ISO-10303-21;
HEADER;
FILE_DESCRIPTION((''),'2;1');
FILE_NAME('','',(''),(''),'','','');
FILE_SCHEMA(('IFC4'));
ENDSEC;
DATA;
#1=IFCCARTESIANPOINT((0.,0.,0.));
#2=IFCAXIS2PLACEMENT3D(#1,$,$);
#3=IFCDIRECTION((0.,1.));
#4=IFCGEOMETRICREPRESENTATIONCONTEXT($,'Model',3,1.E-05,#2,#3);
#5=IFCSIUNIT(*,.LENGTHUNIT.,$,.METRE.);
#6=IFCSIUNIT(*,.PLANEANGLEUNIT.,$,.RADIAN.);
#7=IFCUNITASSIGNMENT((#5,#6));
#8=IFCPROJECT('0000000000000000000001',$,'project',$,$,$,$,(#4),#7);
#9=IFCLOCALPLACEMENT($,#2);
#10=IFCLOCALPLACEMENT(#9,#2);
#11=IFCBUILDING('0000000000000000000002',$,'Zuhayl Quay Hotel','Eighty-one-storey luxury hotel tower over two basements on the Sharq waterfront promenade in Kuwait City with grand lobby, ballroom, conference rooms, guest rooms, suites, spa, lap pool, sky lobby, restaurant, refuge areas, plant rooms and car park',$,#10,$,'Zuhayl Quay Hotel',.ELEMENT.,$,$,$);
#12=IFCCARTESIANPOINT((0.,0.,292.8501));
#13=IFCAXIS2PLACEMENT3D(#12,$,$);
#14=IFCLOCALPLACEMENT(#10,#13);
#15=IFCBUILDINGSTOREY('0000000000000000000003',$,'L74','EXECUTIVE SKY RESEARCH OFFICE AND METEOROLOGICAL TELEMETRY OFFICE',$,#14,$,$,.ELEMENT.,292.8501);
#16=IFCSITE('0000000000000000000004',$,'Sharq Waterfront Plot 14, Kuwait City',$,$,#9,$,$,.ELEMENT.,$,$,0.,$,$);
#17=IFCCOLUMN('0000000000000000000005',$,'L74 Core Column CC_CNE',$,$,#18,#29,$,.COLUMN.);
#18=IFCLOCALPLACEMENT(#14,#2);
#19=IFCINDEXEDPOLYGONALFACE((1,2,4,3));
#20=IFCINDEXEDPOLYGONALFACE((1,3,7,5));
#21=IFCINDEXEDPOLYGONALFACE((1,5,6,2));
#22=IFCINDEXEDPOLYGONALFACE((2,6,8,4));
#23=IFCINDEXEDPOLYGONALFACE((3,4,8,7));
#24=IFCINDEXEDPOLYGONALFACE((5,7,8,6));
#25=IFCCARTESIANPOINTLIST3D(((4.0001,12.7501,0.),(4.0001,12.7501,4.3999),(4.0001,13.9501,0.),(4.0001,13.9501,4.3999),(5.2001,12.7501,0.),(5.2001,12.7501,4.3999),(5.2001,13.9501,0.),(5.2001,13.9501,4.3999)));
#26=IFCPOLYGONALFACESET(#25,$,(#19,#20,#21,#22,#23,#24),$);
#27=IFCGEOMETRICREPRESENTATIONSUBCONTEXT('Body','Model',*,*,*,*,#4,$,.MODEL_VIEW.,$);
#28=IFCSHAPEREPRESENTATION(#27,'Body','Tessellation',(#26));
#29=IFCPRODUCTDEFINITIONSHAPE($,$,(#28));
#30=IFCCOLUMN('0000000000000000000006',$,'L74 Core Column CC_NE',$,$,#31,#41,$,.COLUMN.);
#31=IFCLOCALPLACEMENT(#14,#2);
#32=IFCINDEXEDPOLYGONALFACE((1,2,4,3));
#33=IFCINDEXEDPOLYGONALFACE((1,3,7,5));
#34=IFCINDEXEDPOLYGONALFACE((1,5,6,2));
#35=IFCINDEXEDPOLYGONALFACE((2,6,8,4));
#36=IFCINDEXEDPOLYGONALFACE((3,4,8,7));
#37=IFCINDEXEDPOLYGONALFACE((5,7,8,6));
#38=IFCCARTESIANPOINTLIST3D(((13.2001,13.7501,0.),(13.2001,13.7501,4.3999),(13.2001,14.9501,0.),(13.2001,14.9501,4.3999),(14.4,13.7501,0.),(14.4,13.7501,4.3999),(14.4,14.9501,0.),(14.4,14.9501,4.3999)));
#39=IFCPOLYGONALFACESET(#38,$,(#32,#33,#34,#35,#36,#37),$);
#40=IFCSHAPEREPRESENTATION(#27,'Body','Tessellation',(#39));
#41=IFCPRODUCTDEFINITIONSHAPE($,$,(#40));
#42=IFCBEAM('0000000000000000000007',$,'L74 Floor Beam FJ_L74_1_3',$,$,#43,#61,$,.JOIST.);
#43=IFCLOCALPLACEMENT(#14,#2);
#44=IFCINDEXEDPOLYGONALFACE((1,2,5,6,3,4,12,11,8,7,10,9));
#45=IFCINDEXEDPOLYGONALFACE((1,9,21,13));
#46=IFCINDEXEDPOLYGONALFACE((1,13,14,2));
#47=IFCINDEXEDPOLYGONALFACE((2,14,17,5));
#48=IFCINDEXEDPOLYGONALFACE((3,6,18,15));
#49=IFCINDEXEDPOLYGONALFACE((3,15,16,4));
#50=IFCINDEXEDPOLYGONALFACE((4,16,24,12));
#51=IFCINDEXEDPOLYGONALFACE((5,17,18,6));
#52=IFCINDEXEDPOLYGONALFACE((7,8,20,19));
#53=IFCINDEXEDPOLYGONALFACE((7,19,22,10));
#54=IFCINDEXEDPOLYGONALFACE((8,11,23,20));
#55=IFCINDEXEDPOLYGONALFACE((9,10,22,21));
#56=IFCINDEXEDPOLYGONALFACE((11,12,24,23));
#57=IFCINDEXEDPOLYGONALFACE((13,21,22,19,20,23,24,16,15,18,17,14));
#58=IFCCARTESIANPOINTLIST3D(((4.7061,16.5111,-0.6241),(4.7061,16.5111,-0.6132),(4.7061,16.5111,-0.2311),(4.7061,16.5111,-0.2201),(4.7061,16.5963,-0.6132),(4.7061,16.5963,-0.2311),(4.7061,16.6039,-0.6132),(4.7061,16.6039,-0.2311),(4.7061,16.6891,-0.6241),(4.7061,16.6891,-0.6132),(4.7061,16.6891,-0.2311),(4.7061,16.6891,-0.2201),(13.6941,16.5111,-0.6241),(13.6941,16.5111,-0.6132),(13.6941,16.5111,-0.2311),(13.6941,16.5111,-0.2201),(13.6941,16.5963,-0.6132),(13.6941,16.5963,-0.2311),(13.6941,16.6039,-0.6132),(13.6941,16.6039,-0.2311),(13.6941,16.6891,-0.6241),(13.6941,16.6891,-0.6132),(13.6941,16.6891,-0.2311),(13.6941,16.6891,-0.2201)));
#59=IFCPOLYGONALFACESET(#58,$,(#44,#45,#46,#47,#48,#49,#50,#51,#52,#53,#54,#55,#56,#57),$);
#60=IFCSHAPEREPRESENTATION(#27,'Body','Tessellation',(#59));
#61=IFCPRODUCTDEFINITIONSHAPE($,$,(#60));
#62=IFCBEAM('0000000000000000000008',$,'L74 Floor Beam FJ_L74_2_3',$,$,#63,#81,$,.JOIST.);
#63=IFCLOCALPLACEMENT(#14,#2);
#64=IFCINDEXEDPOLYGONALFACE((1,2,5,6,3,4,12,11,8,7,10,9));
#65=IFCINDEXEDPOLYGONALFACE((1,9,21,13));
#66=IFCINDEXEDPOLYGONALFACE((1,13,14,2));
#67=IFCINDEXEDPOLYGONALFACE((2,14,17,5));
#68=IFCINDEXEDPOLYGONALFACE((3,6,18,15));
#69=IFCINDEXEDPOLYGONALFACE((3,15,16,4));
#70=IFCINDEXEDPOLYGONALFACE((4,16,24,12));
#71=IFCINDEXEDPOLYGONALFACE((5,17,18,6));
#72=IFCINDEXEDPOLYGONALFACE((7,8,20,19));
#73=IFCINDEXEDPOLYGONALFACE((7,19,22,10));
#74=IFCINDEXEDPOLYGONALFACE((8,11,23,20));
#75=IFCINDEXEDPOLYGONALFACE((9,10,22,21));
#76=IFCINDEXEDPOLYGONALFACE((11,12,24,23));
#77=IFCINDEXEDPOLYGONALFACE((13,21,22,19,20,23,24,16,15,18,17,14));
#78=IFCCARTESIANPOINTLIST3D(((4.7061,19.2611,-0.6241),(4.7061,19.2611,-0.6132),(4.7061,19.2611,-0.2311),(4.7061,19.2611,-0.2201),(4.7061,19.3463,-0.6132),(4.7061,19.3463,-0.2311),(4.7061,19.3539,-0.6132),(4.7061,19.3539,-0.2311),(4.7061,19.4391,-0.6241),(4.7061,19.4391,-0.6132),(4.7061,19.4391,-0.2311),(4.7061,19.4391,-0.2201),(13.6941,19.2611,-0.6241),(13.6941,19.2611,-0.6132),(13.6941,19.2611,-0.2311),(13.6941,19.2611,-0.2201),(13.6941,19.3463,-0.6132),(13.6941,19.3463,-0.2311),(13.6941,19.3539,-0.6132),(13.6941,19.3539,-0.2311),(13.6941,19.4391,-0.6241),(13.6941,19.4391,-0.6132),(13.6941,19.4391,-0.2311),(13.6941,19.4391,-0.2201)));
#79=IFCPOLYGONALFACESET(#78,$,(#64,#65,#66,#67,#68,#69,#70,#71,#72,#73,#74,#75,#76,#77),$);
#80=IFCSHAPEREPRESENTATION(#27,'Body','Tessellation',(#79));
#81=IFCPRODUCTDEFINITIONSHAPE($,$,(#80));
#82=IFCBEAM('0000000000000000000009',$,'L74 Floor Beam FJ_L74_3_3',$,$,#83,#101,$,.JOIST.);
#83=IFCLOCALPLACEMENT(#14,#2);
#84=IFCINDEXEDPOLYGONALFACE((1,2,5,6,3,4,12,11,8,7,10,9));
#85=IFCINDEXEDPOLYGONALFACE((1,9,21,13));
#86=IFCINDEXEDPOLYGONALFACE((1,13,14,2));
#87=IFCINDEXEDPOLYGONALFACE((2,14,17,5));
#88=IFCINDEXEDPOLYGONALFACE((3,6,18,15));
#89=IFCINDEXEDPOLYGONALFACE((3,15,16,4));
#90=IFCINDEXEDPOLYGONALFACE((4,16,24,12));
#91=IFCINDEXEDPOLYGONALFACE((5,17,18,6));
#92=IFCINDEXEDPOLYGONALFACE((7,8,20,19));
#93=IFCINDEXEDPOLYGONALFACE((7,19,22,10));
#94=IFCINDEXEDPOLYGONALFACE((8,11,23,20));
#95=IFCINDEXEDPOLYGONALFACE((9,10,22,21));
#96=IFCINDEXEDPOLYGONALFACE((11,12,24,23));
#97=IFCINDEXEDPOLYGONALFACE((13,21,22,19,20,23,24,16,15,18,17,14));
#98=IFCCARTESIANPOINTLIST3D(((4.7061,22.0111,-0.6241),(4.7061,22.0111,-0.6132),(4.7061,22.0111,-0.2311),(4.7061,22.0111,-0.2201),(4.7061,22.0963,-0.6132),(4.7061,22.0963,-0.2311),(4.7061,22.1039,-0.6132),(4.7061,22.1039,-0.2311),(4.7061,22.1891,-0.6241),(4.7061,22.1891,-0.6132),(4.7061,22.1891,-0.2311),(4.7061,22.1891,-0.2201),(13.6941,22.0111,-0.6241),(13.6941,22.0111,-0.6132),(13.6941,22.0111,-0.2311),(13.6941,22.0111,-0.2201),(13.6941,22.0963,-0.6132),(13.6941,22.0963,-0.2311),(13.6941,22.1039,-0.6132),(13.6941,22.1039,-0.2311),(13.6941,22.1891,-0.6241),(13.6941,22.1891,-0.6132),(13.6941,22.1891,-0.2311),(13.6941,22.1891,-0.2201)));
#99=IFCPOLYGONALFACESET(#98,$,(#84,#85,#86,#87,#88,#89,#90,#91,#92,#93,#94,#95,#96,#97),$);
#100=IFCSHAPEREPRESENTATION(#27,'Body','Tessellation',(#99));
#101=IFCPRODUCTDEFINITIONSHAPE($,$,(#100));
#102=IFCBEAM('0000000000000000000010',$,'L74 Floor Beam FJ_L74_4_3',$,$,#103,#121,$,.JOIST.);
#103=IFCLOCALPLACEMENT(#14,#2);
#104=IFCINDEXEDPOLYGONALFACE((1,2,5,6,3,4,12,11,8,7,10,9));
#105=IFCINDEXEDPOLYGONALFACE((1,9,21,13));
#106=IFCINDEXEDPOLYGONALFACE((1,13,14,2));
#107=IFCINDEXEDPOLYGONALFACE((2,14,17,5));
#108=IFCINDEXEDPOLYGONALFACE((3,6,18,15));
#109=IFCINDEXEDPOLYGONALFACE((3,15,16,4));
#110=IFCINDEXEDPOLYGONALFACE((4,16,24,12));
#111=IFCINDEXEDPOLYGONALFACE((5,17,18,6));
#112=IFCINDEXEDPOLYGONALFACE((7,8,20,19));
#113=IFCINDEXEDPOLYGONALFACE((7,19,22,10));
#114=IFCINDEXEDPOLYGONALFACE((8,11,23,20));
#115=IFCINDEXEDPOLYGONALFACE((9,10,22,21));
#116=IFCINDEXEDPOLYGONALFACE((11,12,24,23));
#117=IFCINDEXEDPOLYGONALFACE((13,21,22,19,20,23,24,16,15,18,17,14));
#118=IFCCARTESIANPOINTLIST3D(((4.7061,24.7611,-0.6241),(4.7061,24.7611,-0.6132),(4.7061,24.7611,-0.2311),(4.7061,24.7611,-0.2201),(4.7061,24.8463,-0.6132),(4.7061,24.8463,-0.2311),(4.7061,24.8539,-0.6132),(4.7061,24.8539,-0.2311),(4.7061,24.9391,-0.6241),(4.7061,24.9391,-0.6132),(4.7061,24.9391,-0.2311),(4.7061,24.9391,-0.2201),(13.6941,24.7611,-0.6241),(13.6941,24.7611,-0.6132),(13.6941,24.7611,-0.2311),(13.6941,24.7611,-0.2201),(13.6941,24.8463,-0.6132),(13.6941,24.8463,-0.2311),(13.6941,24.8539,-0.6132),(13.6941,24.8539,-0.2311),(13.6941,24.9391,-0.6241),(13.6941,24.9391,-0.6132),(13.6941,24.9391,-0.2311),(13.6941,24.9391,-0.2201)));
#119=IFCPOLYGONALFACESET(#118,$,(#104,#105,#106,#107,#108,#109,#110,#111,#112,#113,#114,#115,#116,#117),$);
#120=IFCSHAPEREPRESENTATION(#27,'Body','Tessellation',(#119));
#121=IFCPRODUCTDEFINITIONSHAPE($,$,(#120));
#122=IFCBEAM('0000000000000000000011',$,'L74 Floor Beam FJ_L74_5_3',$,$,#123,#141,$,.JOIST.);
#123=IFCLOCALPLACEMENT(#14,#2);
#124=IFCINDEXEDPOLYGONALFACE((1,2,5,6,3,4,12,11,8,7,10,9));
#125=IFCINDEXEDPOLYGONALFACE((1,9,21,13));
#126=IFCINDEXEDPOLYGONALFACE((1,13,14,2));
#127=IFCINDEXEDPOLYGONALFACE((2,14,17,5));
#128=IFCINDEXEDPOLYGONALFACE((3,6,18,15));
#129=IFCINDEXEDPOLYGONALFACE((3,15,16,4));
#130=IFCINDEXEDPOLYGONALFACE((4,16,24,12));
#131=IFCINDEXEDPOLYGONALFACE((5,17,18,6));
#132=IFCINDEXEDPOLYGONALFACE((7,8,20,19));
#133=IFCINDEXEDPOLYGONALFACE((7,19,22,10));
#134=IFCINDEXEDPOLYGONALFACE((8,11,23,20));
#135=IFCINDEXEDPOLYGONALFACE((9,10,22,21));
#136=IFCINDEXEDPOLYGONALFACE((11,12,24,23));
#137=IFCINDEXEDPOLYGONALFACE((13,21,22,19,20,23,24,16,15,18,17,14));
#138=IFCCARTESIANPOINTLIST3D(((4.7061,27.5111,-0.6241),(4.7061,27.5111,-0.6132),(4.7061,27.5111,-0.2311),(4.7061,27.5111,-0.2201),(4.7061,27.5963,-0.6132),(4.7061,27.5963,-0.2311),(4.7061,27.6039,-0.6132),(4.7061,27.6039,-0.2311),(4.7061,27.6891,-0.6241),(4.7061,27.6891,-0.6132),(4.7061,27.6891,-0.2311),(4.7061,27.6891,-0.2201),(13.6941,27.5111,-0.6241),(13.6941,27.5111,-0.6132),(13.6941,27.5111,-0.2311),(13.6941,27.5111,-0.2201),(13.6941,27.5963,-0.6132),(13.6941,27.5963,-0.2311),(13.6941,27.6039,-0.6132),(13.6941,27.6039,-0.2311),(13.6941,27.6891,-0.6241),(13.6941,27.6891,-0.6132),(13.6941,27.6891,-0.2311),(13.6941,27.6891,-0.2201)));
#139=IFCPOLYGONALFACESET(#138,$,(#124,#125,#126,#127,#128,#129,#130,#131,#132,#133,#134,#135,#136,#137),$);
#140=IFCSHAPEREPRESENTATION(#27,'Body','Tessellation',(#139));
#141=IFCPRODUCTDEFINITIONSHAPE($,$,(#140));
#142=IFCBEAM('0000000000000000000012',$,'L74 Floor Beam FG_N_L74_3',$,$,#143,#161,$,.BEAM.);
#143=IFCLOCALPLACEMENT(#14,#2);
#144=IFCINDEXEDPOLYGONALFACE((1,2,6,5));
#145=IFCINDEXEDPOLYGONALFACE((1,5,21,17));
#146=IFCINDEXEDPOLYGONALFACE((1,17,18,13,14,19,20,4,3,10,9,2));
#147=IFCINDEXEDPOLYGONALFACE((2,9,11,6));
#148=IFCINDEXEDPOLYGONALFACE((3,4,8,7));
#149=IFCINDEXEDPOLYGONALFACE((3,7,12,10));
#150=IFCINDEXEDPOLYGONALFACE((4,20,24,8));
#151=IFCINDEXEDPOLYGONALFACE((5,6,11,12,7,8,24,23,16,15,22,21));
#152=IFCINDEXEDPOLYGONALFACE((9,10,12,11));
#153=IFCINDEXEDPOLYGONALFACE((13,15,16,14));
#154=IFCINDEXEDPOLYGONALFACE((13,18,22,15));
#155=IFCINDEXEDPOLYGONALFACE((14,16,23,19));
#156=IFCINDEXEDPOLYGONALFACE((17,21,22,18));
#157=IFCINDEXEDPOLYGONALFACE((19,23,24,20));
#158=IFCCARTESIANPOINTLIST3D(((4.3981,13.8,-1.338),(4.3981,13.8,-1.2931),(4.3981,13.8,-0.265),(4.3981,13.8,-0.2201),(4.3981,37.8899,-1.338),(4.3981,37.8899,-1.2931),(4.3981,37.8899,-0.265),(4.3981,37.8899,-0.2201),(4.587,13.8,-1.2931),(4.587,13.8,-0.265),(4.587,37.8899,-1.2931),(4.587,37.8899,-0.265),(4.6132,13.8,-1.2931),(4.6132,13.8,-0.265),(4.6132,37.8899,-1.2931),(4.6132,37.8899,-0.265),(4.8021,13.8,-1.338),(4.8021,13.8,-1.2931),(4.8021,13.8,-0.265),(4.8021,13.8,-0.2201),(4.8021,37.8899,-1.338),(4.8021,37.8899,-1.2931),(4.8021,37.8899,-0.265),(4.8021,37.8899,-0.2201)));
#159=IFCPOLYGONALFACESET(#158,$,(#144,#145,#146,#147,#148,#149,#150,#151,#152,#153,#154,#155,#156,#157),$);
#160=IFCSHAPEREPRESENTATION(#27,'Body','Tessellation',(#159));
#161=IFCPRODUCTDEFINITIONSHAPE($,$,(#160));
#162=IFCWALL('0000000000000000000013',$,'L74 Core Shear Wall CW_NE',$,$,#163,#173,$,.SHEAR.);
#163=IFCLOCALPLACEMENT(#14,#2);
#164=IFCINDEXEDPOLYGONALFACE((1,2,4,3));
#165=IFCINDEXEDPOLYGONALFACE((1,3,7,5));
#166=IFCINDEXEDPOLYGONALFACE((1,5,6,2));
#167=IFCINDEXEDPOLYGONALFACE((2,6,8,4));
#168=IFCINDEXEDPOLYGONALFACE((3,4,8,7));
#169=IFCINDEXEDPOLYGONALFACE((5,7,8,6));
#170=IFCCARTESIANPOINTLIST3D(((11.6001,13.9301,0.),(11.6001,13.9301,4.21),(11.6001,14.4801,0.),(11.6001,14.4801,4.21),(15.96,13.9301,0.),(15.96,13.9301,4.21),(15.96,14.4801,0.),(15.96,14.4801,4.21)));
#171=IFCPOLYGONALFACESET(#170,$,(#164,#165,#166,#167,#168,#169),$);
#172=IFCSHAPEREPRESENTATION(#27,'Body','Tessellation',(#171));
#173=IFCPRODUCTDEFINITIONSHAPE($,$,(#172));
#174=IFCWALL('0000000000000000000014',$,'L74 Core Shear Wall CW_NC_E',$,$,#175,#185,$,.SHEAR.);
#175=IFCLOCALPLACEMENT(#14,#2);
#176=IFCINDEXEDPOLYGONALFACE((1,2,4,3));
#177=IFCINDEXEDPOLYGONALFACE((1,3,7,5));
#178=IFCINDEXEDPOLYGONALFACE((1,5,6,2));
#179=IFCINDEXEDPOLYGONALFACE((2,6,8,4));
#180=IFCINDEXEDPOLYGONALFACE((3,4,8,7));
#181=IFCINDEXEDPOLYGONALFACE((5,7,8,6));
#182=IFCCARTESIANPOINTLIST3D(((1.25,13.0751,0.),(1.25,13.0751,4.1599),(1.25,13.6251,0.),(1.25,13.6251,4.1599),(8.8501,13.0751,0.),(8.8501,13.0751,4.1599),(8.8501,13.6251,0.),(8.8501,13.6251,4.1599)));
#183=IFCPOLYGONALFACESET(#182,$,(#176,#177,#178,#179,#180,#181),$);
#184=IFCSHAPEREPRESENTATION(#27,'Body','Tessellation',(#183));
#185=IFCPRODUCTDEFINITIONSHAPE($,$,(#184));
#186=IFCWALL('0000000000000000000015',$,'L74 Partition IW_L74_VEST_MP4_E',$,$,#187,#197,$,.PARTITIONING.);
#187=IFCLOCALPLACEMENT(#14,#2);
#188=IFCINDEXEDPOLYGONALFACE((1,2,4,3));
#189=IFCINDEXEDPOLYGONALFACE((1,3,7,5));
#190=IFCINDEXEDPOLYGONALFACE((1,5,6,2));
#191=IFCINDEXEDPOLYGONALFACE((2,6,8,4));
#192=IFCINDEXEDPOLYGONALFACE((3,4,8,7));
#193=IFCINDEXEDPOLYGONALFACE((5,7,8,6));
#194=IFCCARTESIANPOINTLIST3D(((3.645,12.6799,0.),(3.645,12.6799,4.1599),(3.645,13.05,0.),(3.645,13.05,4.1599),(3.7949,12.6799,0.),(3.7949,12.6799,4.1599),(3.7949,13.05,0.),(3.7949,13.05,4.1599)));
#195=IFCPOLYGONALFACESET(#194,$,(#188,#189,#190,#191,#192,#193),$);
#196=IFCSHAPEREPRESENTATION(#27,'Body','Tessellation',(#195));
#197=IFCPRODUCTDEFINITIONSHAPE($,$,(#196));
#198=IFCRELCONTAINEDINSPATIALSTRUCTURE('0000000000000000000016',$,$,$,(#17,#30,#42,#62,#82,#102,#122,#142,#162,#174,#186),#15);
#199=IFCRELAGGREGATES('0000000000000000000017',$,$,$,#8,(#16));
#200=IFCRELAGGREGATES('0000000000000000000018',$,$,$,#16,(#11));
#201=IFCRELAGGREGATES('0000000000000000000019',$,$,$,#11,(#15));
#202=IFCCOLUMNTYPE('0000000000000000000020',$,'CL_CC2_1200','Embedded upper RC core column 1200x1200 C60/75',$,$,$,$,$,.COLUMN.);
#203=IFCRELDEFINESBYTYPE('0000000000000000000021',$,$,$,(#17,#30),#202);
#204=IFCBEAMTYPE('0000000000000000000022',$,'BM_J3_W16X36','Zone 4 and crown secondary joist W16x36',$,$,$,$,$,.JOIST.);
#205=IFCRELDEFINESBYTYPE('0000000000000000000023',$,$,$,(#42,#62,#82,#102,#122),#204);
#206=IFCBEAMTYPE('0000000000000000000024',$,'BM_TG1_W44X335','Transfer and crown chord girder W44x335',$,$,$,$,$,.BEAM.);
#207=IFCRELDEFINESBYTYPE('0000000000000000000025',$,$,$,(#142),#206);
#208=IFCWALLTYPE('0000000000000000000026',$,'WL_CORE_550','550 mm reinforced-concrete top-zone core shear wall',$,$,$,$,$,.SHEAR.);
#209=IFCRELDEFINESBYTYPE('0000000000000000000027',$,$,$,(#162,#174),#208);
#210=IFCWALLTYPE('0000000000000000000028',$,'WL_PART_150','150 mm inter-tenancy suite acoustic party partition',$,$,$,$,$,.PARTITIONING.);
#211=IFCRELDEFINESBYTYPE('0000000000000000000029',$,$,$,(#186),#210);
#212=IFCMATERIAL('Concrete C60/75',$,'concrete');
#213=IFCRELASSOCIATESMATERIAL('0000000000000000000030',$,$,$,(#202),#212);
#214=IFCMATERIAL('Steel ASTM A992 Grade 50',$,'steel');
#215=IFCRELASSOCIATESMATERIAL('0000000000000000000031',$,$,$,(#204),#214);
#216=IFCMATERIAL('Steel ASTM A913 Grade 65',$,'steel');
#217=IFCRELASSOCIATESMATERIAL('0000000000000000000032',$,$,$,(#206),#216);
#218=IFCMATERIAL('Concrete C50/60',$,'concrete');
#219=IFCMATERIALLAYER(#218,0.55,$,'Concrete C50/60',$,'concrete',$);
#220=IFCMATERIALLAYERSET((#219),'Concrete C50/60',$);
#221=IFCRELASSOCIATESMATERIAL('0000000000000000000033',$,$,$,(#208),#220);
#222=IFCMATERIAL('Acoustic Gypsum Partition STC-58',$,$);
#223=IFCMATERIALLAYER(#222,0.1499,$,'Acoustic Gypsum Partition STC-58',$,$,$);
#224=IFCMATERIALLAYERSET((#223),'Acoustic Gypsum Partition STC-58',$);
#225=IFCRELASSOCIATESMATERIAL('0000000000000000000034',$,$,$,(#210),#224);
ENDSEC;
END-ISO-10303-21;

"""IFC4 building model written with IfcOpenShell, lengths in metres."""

from ifc_helpers import new_model, si_unit, direction, frame, frame_2d, origin, origin_2d, place, context, subcontext, project, spatial, rectangle, i_section, extrude, material, layer, layer_set, material_profile, profile_set, type_object, element, save


model = new_model("IFC4")

# Units and contexts
model_context = context("Model", 3, precision=1e-05, world=origin(), true_north=direction((0.0, 1.0)))
body_context = subcontext(model_context, "Body", "Model", "MODEL_VIEW")
ifc_project = project(units=[si_unit("LENGTHUNIT", "METRE"), si_unit("PLANEANGLEUNIT", "RADIAN")], contexts=[model_context])

# Site, building, storey
site_placement = place(None, origin())
site = spatial("IfcSite", under=ifc_project, at=site_placement, Name="Sharq Waterfront Plot 14, Kuwait City", CompositionType="ELEMENT", RefElevation=0.0)
building_placement = place(site_placement, origin())
building = spatial("IfcBuilding", under=site, at=building_placement, Name="Zuhayl Quay Hotel", Description="Eighty-one-storey luxury hotel tower over two basements on the Sharq waterfront promenade in Kuwait City with grand lobby, ballroom, conference rooms, guest rooms, suites, spa, lap pool, sky lobby, restaurant, refuge areas, plant rooms and car park", LongName="Zuhayl Quay Hotel", CompositionType="ELEMENT")
storey_placement = place(building_placement, frame((0.0, 0.0, 292.8501)))
storey = spatial("IfcBuildingStorey", under=building, at=storey_placement, Name="L74", Description="EXECUTIVE SKY RESEARCH OFFICE AND METEOROLOGICAL TELEMETRY OFFICE", CompositionType="ELEMENT", Elevation=292.8501)

# Columns
ifc_material_1 = material(Name="Concrete C60/75", Category="concrete")
ifc_material_profile_1 = material_profile(ifc_material_1, rectangle(XDim=1.2, YDim=1.2, at=origin_2d()), Name="RC1200X1200")
ifc_profile_set_1 = profile_set([ifc_material_profile_1], Name="Concrete C60/75")
column_type = type_object("IfcColumnType", Name="CL_CC2_1200", Description="Embedded upper RC core column 1200x1200 C60/75", PredefinedType="COLUMN", material=ifc_profile_set_1)
for number, where, z_axis, x_axis, name in (
    (1, (4.6001, 13.3501, 0.0), (0.0, 0.0, 1.0), (1.0, 0.0, 0.0), "L74 Core Column CC_CNE"),
    (2, (13.8, 14.3501, 0.0), (0.0, 0.0, 1.0), (1.0, 0.0, 0.0), "L74 Core Column CC_NE"),
):
    element("IfcColumn", number, at=place(storey_placement, frame(where, z_axis=z_axis, x_axis=x_axis)), inside=storey, type_object=column_type, Name=name, PredefinedType="COLUMN", context=body_context, shape_type="SweptSolid", body=[
        extrude(rectangle(XDim=1.2, YDim=1.2, at=origin_2d()), origin(), (0.0, 0.0, 1.0), 4.3999),
    ])

# Beams
ifc_material_2 = material(Name="Steel ASTM A992 Grade 50", Category="steel")
ifc_material_profile_2 = material_profile(ifc_material_2, i_section(OverallWidth=0.178, OverallDepth=0.4041, WebThickness=0.0076, FlangeThickness=0.011, at=origin_2d()), Name="W16X36")
ifc_profile_set_2 = profile_set([ifc_material_profile_2], Name="Steel ASTM A992 Grade 50")
beam_type_1 = type_object("IfcBeamType", Name="BM_J3_W16X36", Description="Zone 4 and crown secondary joist W16x36", PredefinedType="JOIST", material=ifc_profile_set_2)
for number, where, z_axis, x_axis, name in (
    (3, (4.7061, 16.6001, -0.4221), (1.0, 0.0, 0.0), (0.0, 1.0, 0.0), "L74 Floor Beam FJ_L74_1_3"),
    (4, (4.7061, 19.3501, -0.4221), (1.0, 0.0, 0.0), (0.0, 1.0, 0.0), "L74 Floor Beam FJ_L74_2_3"),
    (5, (4.7061, 22.1001, -0.4221), (1.0, 0.0, 0.0), (0.0, 1.0, 0.0), "L74 Floor Beam FJ_L74_3_3"),
    (6, (4.7061, 24.8501, -0.4221), (1.0, 0.0, 0.0), (0.0, 1.0, 0.0), "L74 Floor Beam FJ_L74_4_3"),
    (7, (4.7061, 27.6001, -0.4221), (1.0, 0.0, 0.0), (0.0, 1.0, 0.0), "L74 Floor Beam FJ_L74_5_3"),
):
    element("IfcBeam", number, at=place(storey_placement, frame(where, z_axis=z_axis, x_axis=x_axis)), inside=storey, type_object=beam_type_1, Name=name, PredefinedType="JOIST", context=body_context, shape_type="SweptSolid", body=[
        extrude(i_section(OverallWidth=0.178, OverallDepth=0.4041, WebThickness=0.0076, FlangeThickness=0.011, at=origin_2d()), origin(), (0.0, 0.0, 1.0), 8.988),
    ])
ifc_material_3 = material(Name="Steel ASTM A913 Grade 65", Category="steel")
ifc_material_profile_3 = material_profile(ifc_material_3, i_section(OverallWidth=0.4041, OverallDepth=1.1179, WebThickness=0.0261, FlangeThickness=0.0449, at=origin_2d()), Name="W44X335")
ifc_profile_set_3 = profile_set([ifc_material_profile_3], Name="Steel ASTM A913 Grade 65")
beam_type_2 = type_object("IfcBeamType", Name="BM_TG1_W44X335", Description="Transfer and crown chord girder W44x335", PredefinedType="BEAM", material=ifc_profile_set_3)
beam_placement = place(storey_placement, frame((4.6001, 13.8, -0.7791), z_axis=(0.0, 1.0, 0.0), x_axis=(-1.0, 0.0, 0.0)))
element("IfcBeam", 8, at=beam_placement, inside=storey, type_object=beam_type_2, Name="L74 Floor Beam FG_N_L74_3", PredefinedType="BEAM", context=body_context, shape_type="SweptSolid", body=[
    extrude(i_section(OverallWidth=0.4041, OverallDepth=1.1179, WebThickness=0.0261, FlangeThickness=0.0449, at=origin_2d()), origin(), (0.0, 0.0, 1.0), 24.0898),
])

# Walls
ifc_material_4 = material(Name="Concrete C50/60", Category="concrete")
ifc_layer_1 = layer(ifc_material_4, 0.55, Name="Concrete C50/60", Category="concrete")
ifc_layer_set_1 = layer_set([ifc_layer_1], Name="Concrete C50/60")
wall_type_1 = type_object("IfcWallType", Name="WL_CORE_550", Description="550 mm reinforced-concrete top-zone core shear wall", PredefinedType="SHEAR", material=ifc_layer_set_1)
wall_1_placement = place(storey_placement, frame((11.6001, 14.2051, 0.0), z_axis=(0.0, 0.0, 1.0), x_axis=(1.0, 0.0, 0.0)))
element("IfcWall", 9, at=wall_1_placement, inside=storey, type_object=wall_type_1, Name="L74 Core Shear Wall CW_NE", PredefinedType="SHEAR", context=body_context, shape_type="SweptSolid", body=[
    extrude(rectangle(XDim=4.3599, YDim=0.55, at=frame_2d((2.1799, 0.0))), origin(), (0.0, 0.0, 1.0), 4.21),
])
wall_2_placement = place(storey_placement, frame((1.25, 13.3501, 0.0), z_axis=(0.0, 0.0, 1.0), x_axis=(1.0, 0.0, 0.0)))
element("IfcWall", 10, at=wall_2_placement, inside=storey, type_object=wall_type_1, Name="L74 Core Shear Wall CW_NC_E", PredefinedType="SHEAR", context=body_context, shape_type="SweptSolid", body=[
    extrude(rectangle(XDim=7.6001, YDim=0.55, at=frame_2d((3.8, 0.0))), origin(), (0.0, 0.0, 1.0), 4.1599),
])
ifc_material_5 = material(Name="Acoustic Gypsum Partition STC-58")
ifc_layer_2 = layer(ifc_material_5, 0.1499, Name="Acoustic Gypsum Partition STC-58")
ifc_layer_set_2 = layer_set([ifc_layer_2], Name="Acoustic Gypsum Partition STC-58")
wall_type_2 = type_object("IfcWallType", Name="WL_PART_150", Description="150 mm inter-tenancy suite acoustic party partition", PredefinedType="PARTITIONING", material=ifc_layer_set_2)
wall_3_placement = place(storey_placement, frame((3.72, 12.6799, 0.0), z_axis=(0.0, 0.0, 1.0), x_axis=(0.0, 1.0, 0.0)))
element("IfcWall", 11, at=wall_3_placement, inside=storey, type_object=wall_type_2, Name="L74 Partition IW_L74_VEST_MP4_E", PredefinedType="PARTITIONING", context=body_context, shape_type="SweptSolid", body=[
    extrude(rectangle(XDim=0.3701, YDim=0.1499, at=frame_2d((0.1851, 0.0))), origin(), (0.0, 0.0, 1.0), 4.1599),
])

save(model, "model.ifc")
